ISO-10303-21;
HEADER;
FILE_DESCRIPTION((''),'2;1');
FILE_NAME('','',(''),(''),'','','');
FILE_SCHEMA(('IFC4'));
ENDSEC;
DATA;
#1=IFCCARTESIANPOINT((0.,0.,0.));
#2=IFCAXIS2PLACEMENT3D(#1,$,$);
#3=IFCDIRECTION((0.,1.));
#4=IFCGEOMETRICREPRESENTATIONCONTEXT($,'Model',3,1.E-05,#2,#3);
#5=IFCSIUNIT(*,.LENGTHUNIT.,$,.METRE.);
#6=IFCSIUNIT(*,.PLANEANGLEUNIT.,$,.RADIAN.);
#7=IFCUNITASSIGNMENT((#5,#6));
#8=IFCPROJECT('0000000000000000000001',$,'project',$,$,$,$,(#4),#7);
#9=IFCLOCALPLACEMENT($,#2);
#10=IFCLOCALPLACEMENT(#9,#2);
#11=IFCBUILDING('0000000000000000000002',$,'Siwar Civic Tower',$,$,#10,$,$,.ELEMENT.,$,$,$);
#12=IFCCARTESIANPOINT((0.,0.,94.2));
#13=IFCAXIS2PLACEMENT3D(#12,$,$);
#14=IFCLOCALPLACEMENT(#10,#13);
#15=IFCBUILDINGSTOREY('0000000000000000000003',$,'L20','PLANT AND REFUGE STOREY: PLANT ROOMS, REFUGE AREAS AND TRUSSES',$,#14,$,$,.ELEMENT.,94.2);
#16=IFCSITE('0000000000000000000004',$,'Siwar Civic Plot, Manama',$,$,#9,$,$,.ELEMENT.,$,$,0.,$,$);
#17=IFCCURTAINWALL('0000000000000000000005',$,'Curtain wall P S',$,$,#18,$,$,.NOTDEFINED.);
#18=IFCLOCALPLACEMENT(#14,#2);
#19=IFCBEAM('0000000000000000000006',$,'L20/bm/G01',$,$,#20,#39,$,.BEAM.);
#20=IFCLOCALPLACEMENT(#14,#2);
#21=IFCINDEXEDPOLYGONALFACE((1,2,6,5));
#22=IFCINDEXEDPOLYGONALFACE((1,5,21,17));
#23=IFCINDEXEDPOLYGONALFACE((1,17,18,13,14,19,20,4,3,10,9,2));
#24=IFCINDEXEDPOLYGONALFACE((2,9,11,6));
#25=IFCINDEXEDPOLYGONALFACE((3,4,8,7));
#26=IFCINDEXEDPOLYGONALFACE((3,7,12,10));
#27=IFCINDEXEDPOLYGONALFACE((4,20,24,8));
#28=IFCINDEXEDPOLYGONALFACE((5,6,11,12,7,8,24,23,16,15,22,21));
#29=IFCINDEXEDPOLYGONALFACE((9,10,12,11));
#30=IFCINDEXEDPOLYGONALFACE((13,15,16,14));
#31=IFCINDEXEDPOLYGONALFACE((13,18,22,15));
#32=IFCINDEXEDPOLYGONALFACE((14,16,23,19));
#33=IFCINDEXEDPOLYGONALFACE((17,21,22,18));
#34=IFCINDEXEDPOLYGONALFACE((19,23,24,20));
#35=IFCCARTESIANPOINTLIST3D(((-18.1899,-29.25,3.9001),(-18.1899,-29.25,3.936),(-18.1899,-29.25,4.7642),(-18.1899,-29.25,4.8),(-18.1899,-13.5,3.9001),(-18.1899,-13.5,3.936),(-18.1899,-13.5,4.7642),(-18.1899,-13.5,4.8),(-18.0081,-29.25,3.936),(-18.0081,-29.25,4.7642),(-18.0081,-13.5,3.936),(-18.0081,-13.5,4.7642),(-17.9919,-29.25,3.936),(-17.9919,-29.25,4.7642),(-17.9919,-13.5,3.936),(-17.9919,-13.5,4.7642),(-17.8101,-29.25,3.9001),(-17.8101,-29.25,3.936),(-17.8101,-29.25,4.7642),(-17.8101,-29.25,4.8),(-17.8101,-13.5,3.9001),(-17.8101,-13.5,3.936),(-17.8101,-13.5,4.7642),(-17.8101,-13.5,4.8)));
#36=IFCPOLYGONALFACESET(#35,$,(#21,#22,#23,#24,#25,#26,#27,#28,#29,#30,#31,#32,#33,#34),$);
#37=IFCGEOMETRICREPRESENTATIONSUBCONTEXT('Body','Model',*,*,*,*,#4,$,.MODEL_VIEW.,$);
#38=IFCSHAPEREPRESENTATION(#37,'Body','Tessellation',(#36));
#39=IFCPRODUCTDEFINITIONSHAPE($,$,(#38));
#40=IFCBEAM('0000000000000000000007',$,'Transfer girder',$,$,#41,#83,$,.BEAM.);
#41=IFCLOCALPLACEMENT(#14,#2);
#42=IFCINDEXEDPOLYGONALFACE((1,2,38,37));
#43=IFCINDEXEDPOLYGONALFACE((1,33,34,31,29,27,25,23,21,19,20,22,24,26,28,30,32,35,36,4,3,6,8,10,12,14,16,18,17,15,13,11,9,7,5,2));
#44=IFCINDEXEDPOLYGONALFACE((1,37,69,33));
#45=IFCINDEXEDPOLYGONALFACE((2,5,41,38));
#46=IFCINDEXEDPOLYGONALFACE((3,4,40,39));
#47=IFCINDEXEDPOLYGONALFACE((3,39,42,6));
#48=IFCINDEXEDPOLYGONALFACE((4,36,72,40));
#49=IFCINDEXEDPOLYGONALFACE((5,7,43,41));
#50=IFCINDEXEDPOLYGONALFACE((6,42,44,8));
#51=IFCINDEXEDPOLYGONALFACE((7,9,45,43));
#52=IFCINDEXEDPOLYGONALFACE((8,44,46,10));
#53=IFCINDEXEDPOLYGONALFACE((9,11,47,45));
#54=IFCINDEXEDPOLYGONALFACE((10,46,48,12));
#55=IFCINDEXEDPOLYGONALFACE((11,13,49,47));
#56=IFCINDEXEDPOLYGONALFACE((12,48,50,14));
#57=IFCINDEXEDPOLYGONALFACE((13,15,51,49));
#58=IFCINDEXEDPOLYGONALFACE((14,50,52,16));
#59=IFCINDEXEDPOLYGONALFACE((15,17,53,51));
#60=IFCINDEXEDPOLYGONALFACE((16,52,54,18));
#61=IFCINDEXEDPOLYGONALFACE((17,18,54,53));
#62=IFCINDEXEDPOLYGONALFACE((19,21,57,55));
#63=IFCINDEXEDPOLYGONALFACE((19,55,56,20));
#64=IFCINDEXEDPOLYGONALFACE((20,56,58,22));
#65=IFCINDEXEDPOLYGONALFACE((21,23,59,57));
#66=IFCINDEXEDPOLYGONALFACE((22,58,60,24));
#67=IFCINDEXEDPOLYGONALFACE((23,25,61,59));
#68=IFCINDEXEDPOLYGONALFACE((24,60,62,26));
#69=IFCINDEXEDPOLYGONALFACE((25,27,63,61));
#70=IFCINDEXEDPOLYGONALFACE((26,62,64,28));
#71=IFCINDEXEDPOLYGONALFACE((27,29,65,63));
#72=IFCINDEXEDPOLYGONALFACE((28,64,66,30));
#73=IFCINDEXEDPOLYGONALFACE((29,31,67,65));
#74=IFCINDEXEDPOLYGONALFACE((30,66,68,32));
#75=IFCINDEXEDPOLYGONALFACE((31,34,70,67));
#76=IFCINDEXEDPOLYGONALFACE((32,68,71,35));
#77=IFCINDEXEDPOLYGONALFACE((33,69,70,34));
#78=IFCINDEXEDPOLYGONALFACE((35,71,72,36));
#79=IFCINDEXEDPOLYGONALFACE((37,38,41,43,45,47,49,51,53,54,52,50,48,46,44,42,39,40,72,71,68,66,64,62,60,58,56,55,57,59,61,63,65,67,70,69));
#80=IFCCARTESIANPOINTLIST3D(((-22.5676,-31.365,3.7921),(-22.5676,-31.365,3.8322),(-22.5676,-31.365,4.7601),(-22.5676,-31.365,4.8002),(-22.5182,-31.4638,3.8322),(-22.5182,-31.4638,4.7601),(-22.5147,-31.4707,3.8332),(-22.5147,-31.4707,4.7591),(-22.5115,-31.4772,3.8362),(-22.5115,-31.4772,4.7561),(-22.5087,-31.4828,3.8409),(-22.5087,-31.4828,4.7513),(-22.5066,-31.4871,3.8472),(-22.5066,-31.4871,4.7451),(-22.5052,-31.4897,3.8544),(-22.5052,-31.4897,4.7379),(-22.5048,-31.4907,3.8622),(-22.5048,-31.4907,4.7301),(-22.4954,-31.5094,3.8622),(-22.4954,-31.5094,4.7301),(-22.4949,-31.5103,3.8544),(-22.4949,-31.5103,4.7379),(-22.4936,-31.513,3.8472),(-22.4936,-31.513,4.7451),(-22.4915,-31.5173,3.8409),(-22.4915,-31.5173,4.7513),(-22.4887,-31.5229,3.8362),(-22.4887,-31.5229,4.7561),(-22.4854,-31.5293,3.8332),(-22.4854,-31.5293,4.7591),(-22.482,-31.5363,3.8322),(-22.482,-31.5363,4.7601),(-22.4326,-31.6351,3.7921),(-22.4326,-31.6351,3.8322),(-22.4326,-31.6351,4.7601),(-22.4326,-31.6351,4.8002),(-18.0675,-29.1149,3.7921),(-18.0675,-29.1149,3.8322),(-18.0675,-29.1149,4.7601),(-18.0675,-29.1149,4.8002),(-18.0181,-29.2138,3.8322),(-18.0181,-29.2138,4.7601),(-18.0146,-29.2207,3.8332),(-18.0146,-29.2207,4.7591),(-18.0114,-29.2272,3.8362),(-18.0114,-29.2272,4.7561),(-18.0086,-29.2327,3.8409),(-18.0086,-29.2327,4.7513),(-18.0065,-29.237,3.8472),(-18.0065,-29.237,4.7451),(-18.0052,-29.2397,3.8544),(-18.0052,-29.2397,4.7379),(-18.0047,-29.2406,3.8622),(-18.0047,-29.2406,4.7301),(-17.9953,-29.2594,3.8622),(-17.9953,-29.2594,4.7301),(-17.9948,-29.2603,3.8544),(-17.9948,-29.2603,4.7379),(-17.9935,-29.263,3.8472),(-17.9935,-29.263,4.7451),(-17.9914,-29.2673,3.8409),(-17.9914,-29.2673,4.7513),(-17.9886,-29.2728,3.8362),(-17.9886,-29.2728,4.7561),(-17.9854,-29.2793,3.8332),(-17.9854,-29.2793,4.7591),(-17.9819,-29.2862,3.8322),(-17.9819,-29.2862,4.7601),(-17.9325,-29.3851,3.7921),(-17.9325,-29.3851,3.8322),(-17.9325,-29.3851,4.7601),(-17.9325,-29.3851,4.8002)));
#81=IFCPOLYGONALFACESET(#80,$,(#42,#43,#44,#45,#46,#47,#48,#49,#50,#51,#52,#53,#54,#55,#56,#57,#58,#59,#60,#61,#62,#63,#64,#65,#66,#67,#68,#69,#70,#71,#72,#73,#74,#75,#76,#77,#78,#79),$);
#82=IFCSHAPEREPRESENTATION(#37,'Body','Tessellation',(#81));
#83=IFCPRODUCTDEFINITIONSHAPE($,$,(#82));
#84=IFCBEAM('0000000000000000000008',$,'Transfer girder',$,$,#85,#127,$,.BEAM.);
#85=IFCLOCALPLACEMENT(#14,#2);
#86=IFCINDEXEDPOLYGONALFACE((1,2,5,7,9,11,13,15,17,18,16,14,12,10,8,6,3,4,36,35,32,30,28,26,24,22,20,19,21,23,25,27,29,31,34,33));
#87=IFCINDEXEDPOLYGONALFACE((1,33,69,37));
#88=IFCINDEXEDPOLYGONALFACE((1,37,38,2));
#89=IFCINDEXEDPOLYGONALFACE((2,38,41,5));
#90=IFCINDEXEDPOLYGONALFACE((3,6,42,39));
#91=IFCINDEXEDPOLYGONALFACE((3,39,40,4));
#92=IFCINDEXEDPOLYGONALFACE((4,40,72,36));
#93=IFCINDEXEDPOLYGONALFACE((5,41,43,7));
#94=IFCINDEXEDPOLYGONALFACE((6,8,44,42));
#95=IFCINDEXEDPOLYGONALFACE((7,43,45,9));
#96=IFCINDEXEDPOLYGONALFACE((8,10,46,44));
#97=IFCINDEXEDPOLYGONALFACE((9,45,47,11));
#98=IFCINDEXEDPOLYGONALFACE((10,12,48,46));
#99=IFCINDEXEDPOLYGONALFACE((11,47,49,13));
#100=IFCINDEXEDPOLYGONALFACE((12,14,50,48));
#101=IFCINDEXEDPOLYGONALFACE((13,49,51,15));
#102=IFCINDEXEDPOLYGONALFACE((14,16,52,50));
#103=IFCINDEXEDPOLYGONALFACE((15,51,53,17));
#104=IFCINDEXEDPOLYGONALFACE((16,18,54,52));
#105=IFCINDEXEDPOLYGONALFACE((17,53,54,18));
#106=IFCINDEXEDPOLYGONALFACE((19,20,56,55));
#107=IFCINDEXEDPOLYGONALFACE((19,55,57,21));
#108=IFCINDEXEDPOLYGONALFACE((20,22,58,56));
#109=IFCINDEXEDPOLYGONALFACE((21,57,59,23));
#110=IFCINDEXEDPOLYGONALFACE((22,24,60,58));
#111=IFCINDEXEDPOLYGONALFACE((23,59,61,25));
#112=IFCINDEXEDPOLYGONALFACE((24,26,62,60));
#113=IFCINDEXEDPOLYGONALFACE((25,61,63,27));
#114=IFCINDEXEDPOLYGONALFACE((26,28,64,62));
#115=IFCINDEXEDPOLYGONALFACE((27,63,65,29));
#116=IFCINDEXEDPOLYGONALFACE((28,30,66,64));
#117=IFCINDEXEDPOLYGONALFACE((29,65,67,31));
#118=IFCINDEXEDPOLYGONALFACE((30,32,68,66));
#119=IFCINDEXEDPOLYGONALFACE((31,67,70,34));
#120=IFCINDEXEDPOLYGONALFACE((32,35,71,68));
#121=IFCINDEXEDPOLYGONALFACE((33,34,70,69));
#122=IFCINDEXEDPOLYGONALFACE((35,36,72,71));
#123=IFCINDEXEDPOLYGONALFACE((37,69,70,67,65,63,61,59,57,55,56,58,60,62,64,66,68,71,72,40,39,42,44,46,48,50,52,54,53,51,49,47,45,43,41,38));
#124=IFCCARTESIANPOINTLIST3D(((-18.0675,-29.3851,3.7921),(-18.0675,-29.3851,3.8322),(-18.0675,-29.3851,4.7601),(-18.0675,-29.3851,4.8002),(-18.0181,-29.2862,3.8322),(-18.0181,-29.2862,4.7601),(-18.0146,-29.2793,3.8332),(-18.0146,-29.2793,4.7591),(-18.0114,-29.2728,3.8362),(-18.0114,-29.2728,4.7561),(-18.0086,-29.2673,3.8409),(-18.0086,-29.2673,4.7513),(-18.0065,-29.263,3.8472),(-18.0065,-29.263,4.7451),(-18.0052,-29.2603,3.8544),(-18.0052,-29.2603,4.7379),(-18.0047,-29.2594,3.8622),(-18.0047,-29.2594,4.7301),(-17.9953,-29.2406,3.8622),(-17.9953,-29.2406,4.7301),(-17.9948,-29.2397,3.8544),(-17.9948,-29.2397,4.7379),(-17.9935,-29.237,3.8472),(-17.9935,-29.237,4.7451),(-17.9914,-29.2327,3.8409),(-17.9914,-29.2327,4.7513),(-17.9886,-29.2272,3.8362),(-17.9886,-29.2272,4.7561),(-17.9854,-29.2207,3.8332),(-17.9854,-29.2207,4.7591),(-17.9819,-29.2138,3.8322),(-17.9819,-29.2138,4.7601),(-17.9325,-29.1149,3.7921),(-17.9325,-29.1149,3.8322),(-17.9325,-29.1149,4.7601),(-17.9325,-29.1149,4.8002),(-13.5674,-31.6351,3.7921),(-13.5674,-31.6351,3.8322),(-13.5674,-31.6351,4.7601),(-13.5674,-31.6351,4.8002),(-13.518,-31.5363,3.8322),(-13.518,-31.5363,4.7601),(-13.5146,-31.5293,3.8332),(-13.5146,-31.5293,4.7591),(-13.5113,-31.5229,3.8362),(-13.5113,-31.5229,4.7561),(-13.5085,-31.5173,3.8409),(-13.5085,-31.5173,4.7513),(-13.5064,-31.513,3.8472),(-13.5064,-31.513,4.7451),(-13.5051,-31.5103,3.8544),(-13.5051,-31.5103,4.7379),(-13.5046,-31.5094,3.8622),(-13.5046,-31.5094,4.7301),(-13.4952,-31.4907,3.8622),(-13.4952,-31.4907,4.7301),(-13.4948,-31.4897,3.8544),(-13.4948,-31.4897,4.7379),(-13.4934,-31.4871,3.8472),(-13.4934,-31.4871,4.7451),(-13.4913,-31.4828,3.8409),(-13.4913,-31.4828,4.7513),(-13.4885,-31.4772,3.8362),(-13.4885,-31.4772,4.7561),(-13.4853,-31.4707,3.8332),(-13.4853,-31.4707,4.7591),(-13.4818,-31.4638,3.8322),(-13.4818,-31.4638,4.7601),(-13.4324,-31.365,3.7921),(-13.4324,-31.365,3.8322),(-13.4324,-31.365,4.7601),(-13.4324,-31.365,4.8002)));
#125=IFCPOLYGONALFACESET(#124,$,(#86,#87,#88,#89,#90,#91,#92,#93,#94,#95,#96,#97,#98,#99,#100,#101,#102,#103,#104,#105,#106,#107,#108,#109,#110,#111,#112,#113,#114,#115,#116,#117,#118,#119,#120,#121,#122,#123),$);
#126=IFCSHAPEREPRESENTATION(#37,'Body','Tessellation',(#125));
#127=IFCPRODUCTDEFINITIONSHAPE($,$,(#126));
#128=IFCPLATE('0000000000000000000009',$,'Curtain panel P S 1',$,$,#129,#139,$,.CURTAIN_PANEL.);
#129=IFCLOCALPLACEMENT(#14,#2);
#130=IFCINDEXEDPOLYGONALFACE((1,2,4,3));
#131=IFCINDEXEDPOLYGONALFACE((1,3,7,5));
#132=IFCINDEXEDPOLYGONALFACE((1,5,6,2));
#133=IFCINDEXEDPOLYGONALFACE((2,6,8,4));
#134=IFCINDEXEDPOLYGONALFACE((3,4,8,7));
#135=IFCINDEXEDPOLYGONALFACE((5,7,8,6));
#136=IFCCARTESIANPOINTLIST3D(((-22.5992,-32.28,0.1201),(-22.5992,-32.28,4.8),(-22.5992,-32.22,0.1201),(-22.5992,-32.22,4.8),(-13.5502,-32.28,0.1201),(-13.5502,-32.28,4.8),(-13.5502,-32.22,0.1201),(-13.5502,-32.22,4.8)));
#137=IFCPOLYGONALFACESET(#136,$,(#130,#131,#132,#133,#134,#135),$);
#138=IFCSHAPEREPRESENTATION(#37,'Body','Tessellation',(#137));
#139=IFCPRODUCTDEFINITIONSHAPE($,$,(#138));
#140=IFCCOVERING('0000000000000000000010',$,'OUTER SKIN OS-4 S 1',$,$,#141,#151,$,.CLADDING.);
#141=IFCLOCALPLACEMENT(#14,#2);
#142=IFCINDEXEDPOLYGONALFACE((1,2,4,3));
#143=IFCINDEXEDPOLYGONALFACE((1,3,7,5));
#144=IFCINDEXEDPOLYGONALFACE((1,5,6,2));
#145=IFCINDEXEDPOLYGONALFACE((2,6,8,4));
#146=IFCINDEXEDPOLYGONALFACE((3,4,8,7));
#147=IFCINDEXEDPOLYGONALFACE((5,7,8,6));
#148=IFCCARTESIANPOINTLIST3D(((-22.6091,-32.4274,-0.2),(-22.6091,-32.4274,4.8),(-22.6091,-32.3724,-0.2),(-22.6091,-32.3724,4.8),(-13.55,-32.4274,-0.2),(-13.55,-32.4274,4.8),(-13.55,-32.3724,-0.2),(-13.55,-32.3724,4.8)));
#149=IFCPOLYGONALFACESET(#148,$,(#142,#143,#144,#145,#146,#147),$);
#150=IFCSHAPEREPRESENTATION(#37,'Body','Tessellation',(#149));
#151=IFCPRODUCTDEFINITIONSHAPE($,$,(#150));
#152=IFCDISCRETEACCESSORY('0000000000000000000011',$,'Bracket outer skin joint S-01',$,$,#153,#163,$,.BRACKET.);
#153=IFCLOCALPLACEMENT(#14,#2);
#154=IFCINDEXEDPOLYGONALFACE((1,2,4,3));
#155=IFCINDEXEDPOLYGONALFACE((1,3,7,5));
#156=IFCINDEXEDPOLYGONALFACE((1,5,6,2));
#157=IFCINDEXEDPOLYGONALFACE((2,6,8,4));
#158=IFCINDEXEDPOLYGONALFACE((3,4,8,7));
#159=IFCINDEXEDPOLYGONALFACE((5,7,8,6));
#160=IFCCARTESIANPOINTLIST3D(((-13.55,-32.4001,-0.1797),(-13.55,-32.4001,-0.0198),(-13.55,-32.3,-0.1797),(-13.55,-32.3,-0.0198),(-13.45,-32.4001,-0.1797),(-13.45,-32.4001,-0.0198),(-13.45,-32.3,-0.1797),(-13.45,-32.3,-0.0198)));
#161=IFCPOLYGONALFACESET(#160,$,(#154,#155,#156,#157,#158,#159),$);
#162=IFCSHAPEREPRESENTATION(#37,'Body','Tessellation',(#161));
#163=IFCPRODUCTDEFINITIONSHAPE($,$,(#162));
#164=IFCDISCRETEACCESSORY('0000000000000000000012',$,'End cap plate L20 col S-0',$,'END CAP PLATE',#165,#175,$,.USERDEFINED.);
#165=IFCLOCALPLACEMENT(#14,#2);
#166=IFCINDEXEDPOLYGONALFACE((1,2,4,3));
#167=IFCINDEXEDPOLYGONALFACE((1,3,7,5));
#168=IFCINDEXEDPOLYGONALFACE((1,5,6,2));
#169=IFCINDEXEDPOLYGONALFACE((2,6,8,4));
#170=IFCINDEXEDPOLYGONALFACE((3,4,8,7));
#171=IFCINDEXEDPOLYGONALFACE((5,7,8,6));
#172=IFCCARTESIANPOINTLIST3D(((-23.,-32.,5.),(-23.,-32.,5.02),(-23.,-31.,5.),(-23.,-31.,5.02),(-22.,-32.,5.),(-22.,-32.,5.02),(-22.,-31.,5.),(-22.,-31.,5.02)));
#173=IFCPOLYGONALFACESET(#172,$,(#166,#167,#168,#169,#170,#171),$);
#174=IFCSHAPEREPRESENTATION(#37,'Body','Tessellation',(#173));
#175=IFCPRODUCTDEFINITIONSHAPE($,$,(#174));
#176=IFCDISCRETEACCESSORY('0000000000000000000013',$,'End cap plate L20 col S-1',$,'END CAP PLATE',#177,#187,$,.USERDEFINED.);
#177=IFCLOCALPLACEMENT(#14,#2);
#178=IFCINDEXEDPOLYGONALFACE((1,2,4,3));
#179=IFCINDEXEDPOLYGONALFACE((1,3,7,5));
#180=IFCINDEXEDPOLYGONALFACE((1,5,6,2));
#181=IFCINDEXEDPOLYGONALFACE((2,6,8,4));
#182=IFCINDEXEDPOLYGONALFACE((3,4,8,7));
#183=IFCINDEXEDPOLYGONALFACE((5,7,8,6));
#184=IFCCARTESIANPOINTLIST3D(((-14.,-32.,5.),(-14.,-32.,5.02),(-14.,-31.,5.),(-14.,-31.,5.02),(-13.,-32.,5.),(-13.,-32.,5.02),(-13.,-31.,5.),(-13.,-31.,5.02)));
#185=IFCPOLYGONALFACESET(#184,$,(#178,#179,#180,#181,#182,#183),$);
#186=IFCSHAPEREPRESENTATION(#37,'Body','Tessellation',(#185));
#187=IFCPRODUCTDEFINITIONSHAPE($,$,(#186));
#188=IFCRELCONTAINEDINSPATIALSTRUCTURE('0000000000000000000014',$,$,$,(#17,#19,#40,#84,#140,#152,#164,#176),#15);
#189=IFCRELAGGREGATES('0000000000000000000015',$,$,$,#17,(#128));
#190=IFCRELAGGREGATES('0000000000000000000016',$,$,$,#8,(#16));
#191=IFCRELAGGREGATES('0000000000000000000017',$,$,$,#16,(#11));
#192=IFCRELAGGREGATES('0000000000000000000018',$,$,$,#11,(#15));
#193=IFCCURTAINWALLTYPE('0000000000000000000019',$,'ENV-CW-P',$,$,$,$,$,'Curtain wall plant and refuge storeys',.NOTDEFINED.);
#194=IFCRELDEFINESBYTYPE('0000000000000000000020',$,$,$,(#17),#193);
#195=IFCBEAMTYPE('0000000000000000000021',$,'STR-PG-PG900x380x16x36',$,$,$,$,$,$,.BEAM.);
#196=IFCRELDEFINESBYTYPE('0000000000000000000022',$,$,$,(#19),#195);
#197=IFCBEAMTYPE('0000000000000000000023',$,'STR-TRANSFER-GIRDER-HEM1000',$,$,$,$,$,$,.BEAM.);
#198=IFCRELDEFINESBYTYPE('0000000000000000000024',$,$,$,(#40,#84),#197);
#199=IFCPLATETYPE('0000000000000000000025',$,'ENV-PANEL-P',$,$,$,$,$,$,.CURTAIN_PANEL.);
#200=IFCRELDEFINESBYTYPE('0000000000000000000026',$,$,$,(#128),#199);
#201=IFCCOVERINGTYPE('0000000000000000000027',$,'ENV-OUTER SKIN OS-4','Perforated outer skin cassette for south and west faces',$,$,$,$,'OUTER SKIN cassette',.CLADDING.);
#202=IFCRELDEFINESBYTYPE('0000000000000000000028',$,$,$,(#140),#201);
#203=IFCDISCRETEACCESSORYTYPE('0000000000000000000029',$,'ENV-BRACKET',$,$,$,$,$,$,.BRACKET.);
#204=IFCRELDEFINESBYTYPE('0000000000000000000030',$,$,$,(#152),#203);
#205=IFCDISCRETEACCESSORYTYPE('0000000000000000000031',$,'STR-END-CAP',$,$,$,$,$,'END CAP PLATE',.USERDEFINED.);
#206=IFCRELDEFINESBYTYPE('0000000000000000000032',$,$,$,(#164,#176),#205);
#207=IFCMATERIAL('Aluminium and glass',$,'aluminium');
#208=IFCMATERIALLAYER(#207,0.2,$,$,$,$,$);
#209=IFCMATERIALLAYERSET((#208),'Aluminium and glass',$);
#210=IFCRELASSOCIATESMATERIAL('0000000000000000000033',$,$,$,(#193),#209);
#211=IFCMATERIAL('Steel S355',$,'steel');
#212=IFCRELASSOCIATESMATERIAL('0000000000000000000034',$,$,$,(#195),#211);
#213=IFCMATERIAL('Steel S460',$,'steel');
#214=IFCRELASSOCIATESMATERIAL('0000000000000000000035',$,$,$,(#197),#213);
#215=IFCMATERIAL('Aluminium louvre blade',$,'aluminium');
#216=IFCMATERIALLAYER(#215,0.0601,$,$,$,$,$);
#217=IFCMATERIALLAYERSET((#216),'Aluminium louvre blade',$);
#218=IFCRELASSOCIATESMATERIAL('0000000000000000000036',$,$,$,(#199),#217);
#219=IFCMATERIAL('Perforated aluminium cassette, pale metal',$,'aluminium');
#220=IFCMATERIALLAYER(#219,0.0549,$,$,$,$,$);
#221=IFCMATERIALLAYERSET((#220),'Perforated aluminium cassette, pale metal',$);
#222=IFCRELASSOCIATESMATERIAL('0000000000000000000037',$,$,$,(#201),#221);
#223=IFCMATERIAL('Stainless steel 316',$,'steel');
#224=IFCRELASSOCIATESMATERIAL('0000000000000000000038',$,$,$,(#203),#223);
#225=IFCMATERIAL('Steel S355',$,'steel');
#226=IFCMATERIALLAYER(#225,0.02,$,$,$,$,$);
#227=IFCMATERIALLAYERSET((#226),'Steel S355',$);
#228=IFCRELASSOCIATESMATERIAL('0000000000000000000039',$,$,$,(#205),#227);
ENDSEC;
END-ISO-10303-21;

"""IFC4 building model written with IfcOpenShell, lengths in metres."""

from ifc_helpers import new_model, si_unit, direction, frame, origin, origin_2d, place, context, subcontext, project, spatial, rectangle, i_section, extrude, material, layer, layer_set, material_profile, profile_set, type_object, element, aggregate, save


model = new_model("IFC4")

# Units and contexts
model_context = context("Model", 3, precision=1e-05, world=origin(), true_north=direction((0.0, 1.0)))
body_context = subcontext(model_context, "Body", "Model", "MODEL_VIEW")
ifc_project = project(units=[si_unit("LENGTHUNIT", "METRE"), si_unit("PLANEANGLEUNIT", "RADIAN")], contexts=[model_context])

# Site, building, storey
site_placement = place(None, origin())
site = spatial("IfcSite", under=ifc_project, at=site_placement, Name="Siwar Civic Plot, Manama", CompositionType="ELEMENT", RefElevation=0.0)
building_placement = place(site_placement, origin())
building = spatial("IfcBuilding", under=site, at=building_placement, Name="Siwar Civic Tower", CompositionType="ELEMENT")
storey_placement = place(building_placement, frame((0.0, 0.0, 94.2)))
storey = spatial("IfcBuildingStorey", under=building, at=storey_placement, Name="L20", Description="PLANT AND REFUGE STOREY: PLANT ROOMS, REFUGE AREAS AND TRUSSES", CompositionType="ELEMENT", Elevation=94.2)

# Curtain wall
ifc_material_1 = material(Name="Aluminium and glass", Category="aluminium")
ifc_layer_1 = layer(ifc_material_1, 0.2)
ifc_layer_set_1 = layer_set([ifc_layer_1], Name="Aluminium and glass")
curtain_wall_type = type_object("IfcCurtainWallType", Name="ENV-CW-P", ElementType="Curtain wall plant and refuge storeys", PredefinedType="NOTDEFINED", material=ifc_layer_set_1)
curtain_wall_placement = place(storey_placement, origin())
curtain_wall = element("IfcCurtainWall", 1, at=curtain_wall_placement, inside=storey, type_object=curtain_wall_type, Name="Curtain wall P S", PredefinedType="NOTDEFINED")

# Beams
ifc_material_2 = material(Name="Steel S355", Category="steel")
ifc_material_profile_1 = material_profile(ifc_material_2, i_section(OverallWidth=0.3799, OverallDepth=0.8999, WebThickness=0.0161, FlangeThickness=0.0359, at=origin_2d()), Name="PG900x380x16x36")
ifc_profile_set_1 = profile_set([ifc_material_profile_1], Name="Steel S355")
beam_type_1 = type_object("IfcBeamType", Name="STR-PG-PG900x380x16x36", PredefinedType="BEAM", material=ifc_profile_set_1)
beam_placement = place(storey_placement, frame((-18.0, -29.25, 4.3501), z_axis=(0.0, 1.0, 0.0), x_axis=(-1.0, 0.0, 0.0)))
element("IfcBeam", 2, at=beam_placement, inside=storey, type_object=beam_type_1, Name="L20/bm/G01", PredefinedType="BEAM", context=body_context, shape_type="SweptSolid", body=[
    extrude(i_section(OverallWidth=0.3799, OverallDepth=0.8999, WebThickness=0.0161, FlangeThickness=0.0359, at=origin_2d()), origin(), (0.0, 0.0, 1.0), 15.75),
])
ifc_material_3 = material(Name="Steel S460", Category="steel")
ifc_material_profile_2 = material_profile(ifc_material_3, i_section(OverallWidth=0.302, OverallDepth=1.0081, WebThickness=0.021, FlangeThickness=0.04, FilletRadius=0.03, at=origin_2d()), Name="HEM1000")
ifc_profile_set_2 = profile_set([ifc_material_profile_2], Name="Steel S460")
beam_type_2 = type_object("IfcBeamType", Name="STR-TRANSFER-GIRDER-HEM1000", PredefinedType="BEAM", material=ifc_profile_set_2)
for number, where, z_axis, x_axis, name in (
    (3, (-18.0, -29.25, 4.2961), (-0.894427, -0.447214, 0.0), (0.447214, -0.894427, 0.0), "Transfer girder"),
    (4, (-18.0, -29.25, 4.2961), (0.894427, -0.447214, 0.0), (0.447214, 0.894427, 0.0), "Transfer girder"),
):
    element("IfcBeam", number, at=place(storey_placement, frame(where, z_axis=z_axis, x_axis=x_axis)), inside=storey, type_object=beam_type_2, Name=name, PredefinedType="BEAM", context=body_context, shape_type="SweptSolid", body=[
        extrude(i_section(OverallWidth=0.302, OverallDepth=1.0081, WebThickness=0.021, FlangeThickness=0.04, FilletRadius=0.03, at=origin_2d()), origin(), (0.0, 0.0, 1.0), 5.0312),
    ])

# Plate
ifc_material_4 = material(Name="Aluminium louvre blade", Category="aluminium")
ifc_layer_2 = layer(ifc_material_4, 0.0601)
ifc_layer_set_2 = layer_set([ifc_layer_2], Name="Aluminium louvre blade")
plate_type = type_object("IfcPlateType", Name="ENV-PANEL-P", PredefinedType="CURTAIN_PANEL", material=ifc_layer_set_2)
plate_placement = place(storey_placement, frame((-18.0747, -32.25, 0.1201), z_axis=(0.0, 0.0, 1.0), x_axis=(1.0, 0.0, 0.0)))
plate = element("IfcPlate", 5, at=plate_placement, type_object=plate_type, Name="Curtain panel P S 1", PredefinedType="CURTAIN_PANEL", context=body_context, shape_type="SweptSolid", body=[
    extrude(rectangle(XDim=9.0491, YDim=0.0601, at=origin_2d()), origin(), (0.0, 0.0, 1.0), 4.6799),
])
aggregate(curtain_wall, [plate])

# Covering
ifc_material_5 = material(Name="Perforated aluminium cassette, pale metal", Category="aluminium")
ifc_layer_3 = layer(ifc_material_5, 0.0549)
ifc_layer_set_3 = layer_set([ifc_layer_3], Name="Perforated aluminium cassette, pale metal")
covering_type = type_object("IfcCoveringType", Name="ENV-OUTER SKIN OS-4", Description="Perforated outer skin cassette for south and west faces", ElementType="OUTER SKIN cassette", PredefinedType="CLADDING", material=ifc_layer_set_3)
covering_placement = place(storey_placement, frame((-18.0796, -32.3999, -0.2), z_axis=(0.0, 0.0, 1.0), x_axis=(1.0, 0.0, 0.0)))
element("IfcCovering", 6, at=covering_placement, inside=storey, type_object=covering_type, Name="OUTER SKIN OS-4 S 1", PredefinedType="CLADDING", context=body_context, shape_type="SweptSolid", body=[
    extrude(rectangle(XDim=9.0591, YDim=0.0549, at=origin_2d()), origin(), (0.0, 0.0, 1.0), 5.0),
])

# Discrete accessories
ifc_material_6 = material(Name="Stainless steel 316", Category="steel")
discrete_accessory_type_1 = type_object("IfcDiscreteAccessoryType", Name="ENV-BRACKET", PredefinedType="BRACKET", material=ifc_material_6)
discrete_accessory_placement = place(storey_placement, frame((-13.5, -32.3501, -0.1797), z_axis=(0.0, 0.0, 1.0), x_axis=(0.0, -1.0, 0.0)))
element("IfcDiscreteAccessory", 7, at=discrete_accessory_placement, inside=storey, type_object=discrete_accessory_type_1, Name="Bracket outer skin joint S-01", PredefinedType="BRACKET", context=body_context, shape_type="SweptSolid", body=[
    extrude(rectangle(XDim=0.1001, YDim=0.1001, at=origin_2d()), origin(), (0.0, 0.0, 1.0), 0.1599),
])
ifc_material_7 = material(Name="Steel S355", Category="steel")
ifc_layer_4 = layer(ifc_material_7, 0.02)
ifc_layer_set_4 = layer_set([ifc_layer_4], Name="Steel S355")
discrete_accessory_type_2 = type_object("IfcDiscreteAccessoryType", Name="STR-END-CAP", ElementType="END CAP PLATE", PredefinedType="USERDEFINED", material=ifc_layer_set_4)
for number, where, z_axis, x_axis, name in (
    (8, (-22.5, -31.5, 5.0), (0.0, 0.0, 1.0), (1.0, 0.0, 0.0), "End cap plate L20 col S-0"),
    (9, (-13.5, -31.5, 5.0), (0.0, 0.0, 1.0), (1.0, 0.0, 0.0), "End cap plate L20 col S-1"),
):
    element("IfcDiscreteAccessory", number, at=place(storey_placement, frame(where, z_axis=z_axis, x_axis=x_axis)), inside=storey, type_object=discrete_accessory_type_2, Name=name, ObjectType="END CAP PLATE", PredefinedType="USERDEFINED", context=body_context, shape_type="SweptSolid", body=[
        extrude(rectangle(XDim=1.0, YDim=1.0, at=origin_2d()), origin(), (0.0, 0.0, 1.0), 0.02),
    ])

save(model, "model.ifc")
